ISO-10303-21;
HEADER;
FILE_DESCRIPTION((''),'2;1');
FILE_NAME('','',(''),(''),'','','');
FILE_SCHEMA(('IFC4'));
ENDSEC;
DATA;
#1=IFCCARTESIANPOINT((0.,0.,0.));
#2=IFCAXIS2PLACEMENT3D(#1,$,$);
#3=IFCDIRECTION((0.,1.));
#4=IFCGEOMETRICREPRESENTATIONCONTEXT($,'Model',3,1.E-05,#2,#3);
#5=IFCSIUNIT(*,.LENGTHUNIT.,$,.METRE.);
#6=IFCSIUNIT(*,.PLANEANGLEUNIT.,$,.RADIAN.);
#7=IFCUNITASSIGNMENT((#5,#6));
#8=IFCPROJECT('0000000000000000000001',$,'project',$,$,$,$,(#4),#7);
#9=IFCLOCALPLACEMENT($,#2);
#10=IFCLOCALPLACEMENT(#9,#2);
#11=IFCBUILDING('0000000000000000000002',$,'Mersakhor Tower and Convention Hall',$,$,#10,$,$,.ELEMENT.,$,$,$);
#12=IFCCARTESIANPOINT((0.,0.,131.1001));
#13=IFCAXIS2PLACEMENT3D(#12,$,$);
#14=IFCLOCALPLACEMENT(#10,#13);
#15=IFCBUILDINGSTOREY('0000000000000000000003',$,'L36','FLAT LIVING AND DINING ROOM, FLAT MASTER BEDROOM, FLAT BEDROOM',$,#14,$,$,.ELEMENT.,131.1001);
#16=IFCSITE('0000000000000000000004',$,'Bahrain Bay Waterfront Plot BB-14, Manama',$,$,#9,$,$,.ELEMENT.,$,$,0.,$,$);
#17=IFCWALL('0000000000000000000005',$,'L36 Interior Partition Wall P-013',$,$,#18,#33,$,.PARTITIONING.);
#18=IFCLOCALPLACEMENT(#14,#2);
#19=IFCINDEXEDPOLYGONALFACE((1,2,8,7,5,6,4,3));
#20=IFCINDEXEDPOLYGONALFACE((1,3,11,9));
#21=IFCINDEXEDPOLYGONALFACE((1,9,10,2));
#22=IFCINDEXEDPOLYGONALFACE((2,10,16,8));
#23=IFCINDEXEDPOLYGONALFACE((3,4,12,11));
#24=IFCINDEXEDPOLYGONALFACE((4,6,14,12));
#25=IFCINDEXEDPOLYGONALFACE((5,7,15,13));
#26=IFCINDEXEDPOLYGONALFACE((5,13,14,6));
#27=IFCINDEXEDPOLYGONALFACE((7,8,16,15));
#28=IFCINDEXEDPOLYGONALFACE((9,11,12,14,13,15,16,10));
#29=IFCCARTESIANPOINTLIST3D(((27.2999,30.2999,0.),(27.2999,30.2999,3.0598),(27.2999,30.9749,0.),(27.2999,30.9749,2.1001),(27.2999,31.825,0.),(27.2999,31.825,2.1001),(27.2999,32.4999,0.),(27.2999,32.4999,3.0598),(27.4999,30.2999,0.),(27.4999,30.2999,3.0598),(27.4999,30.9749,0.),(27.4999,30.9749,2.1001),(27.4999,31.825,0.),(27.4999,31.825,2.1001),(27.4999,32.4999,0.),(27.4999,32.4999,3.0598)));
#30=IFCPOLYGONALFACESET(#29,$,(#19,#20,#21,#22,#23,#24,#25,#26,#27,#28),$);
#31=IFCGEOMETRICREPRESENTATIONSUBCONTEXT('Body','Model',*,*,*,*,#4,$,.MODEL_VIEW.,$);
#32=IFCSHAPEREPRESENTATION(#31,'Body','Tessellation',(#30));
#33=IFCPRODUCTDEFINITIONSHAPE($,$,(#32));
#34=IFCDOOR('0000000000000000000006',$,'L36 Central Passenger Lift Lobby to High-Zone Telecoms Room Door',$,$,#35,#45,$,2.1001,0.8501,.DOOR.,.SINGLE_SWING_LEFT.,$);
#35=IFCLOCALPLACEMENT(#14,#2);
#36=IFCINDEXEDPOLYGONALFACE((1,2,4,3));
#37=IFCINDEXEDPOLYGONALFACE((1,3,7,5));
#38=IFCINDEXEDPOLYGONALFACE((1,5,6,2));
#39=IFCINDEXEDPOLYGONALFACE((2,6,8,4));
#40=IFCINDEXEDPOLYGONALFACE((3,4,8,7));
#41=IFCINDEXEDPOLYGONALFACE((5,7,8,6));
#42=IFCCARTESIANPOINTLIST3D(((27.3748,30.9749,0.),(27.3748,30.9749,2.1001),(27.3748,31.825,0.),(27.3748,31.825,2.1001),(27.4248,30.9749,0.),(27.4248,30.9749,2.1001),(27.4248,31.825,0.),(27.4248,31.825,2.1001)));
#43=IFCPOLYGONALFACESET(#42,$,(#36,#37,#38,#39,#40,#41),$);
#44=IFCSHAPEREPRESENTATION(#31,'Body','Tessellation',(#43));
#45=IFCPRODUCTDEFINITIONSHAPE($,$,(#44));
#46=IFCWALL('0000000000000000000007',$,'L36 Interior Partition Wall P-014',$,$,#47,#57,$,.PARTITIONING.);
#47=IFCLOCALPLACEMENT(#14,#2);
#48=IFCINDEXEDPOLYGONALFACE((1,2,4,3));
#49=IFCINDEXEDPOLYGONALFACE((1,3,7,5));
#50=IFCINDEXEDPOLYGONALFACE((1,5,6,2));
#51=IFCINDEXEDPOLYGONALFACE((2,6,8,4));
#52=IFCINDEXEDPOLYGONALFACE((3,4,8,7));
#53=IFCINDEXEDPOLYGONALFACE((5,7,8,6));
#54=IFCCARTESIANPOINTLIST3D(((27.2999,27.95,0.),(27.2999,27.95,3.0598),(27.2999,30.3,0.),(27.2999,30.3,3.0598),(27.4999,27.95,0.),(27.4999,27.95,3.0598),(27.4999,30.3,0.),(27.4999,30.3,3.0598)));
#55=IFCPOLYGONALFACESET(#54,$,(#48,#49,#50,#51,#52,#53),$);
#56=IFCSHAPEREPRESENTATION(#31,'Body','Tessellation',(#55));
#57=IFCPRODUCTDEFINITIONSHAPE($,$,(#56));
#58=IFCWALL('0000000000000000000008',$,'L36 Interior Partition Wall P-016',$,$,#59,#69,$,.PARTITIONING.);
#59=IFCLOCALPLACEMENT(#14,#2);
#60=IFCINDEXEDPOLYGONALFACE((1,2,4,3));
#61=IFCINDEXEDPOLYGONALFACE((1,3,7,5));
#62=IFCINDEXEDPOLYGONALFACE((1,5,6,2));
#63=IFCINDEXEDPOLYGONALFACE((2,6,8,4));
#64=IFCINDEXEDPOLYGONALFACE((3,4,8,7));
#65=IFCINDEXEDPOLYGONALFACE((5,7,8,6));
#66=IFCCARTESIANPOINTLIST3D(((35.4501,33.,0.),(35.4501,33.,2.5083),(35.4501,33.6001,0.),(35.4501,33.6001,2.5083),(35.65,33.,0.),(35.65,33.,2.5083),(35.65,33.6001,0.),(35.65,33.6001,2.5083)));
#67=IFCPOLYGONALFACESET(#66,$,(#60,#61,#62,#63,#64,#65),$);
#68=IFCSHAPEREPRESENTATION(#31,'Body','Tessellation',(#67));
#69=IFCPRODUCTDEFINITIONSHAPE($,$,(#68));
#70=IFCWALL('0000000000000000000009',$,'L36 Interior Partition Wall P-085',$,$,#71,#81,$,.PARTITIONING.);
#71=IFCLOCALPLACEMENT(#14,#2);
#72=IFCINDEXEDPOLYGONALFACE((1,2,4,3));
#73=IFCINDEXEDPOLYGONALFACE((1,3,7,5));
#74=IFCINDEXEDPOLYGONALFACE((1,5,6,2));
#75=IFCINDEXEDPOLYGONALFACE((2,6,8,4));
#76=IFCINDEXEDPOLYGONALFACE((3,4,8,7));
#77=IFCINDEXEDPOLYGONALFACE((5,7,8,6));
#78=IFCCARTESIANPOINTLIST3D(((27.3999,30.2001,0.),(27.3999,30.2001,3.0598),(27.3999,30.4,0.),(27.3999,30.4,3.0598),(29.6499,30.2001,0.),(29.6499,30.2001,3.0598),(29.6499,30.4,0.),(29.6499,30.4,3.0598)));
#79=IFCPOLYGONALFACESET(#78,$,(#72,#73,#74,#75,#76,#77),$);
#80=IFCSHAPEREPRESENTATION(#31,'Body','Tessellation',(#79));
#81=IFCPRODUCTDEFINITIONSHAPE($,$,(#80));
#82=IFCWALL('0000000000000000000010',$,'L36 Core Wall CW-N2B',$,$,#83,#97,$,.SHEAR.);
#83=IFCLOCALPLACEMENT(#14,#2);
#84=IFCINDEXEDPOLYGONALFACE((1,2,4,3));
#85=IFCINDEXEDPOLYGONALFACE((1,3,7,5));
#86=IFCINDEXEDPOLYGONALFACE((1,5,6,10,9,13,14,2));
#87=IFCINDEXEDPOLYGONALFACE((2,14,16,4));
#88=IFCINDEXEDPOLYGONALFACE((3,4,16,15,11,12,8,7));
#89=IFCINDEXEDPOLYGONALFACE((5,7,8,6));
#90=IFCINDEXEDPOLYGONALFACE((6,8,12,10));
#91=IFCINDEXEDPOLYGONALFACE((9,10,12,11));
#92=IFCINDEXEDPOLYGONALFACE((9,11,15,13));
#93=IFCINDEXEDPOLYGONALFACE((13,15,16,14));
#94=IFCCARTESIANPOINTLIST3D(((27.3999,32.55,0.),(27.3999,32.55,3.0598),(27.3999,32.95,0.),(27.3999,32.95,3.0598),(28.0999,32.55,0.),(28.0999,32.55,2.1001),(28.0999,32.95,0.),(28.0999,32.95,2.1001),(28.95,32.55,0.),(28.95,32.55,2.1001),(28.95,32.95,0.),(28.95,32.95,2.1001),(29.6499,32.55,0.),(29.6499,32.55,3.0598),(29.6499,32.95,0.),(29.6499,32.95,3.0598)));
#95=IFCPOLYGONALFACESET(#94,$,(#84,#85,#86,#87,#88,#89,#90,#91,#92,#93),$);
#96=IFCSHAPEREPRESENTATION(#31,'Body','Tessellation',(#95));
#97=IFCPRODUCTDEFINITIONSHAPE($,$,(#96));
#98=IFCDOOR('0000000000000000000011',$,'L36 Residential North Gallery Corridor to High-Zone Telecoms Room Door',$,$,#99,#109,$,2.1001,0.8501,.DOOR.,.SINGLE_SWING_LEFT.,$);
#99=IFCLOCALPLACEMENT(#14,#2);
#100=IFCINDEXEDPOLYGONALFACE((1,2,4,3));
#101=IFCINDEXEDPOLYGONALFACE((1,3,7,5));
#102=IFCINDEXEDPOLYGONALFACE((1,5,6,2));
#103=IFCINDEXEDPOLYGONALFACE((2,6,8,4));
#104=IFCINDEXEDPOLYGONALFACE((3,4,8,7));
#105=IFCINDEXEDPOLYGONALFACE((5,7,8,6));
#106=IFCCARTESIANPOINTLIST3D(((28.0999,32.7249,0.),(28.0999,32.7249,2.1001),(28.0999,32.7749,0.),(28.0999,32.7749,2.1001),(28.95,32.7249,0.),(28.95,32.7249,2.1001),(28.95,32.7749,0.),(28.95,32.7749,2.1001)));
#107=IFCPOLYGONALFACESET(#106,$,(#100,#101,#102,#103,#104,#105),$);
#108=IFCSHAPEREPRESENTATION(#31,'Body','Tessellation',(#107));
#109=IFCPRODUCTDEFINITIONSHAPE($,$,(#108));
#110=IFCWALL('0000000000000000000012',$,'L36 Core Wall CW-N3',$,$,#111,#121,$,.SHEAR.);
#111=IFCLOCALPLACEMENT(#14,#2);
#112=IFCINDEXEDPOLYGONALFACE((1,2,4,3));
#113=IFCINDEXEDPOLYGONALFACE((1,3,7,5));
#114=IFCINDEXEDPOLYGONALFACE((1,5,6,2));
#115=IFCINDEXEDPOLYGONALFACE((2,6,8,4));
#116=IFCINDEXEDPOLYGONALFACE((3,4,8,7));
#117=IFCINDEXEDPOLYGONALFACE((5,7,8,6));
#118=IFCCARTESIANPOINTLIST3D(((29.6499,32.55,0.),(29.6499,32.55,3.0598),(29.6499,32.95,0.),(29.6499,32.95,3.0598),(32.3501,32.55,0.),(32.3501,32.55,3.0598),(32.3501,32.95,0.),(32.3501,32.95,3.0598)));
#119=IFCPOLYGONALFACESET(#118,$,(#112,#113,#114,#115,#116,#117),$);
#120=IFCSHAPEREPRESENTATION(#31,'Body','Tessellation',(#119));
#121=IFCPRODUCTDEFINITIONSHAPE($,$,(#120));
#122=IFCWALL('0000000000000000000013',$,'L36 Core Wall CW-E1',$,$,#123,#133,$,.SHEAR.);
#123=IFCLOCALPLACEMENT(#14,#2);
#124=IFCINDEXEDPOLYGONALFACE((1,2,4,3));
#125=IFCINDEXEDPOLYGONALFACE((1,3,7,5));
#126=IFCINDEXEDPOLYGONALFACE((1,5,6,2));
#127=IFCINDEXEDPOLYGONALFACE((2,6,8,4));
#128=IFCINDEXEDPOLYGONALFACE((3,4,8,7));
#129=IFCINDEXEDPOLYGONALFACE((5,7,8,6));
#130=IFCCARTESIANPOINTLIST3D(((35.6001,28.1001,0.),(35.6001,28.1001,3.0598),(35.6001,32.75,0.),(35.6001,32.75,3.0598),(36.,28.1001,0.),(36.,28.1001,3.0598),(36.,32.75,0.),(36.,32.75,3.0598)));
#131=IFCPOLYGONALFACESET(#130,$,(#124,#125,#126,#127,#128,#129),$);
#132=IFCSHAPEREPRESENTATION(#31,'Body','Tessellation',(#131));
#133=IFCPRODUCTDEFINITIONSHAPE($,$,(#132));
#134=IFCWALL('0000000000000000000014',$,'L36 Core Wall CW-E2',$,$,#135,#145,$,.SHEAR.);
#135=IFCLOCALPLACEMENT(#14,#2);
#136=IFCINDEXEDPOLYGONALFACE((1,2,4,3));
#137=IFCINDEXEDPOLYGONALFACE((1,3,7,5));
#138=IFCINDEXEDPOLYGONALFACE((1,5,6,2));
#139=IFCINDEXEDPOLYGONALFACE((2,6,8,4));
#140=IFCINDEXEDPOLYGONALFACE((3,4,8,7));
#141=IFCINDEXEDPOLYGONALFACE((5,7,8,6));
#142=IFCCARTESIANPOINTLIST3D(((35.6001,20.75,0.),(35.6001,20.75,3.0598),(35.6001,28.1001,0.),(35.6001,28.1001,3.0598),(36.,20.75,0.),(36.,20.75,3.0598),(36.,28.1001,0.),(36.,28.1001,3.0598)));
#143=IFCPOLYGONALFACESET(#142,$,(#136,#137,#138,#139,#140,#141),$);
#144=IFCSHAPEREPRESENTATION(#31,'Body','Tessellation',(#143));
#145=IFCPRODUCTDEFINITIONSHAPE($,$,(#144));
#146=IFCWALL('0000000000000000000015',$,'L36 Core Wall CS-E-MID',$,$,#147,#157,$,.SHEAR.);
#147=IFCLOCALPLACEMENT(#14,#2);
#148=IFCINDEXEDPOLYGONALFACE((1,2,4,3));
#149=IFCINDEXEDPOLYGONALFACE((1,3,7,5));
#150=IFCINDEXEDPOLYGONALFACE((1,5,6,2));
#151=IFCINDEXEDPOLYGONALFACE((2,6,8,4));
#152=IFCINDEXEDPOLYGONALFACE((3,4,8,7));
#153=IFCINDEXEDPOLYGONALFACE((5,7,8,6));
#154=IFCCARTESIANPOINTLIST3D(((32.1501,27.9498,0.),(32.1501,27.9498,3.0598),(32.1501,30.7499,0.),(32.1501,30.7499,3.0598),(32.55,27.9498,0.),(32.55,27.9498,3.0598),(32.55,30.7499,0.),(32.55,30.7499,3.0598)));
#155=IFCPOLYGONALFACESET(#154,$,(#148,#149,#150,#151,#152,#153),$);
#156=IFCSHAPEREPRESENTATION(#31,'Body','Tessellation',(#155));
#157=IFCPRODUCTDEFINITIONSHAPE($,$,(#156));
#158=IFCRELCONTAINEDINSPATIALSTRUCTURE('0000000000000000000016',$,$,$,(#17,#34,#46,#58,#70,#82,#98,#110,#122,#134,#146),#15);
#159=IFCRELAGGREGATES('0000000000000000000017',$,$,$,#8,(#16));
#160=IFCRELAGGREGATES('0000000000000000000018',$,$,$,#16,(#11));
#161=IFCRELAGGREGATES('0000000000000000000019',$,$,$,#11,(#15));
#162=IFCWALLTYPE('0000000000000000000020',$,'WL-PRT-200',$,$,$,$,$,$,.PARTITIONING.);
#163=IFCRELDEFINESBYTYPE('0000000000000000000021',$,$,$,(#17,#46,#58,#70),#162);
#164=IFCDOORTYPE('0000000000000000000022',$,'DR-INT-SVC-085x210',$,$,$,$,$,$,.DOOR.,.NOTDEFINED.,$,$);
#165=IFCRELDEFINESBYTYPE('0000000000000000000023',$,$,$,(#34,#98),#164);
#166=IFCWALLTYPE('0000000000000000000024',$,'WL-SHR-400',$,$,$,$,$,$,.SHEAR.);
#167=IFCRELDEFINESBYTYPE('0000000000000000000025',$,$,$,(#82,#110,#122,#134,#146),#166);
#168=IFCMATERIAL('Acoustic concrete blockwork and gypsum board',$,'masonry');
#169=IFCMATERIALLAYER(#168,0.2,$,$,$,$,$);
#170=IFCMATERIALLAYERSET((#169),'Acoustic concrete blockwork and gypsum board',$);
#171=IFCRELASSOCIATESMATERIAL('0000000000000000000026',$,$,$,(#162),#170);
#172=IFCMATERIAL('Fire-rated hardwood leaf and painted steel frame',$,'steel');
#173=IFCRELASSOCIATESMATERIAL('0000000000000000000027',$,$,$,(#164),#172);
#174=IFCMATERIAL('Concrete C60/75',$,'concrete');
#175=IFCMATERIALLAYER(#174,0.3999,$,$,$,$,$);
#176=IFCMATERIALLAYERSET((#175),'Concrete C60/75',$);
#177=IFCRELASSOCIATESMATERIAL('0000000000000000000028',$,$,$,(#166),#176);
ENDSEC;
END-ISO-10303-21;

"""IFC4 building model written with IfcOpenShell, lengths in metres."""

from ifc_helpers import new_model, si_unit, direction, frame, frame_2d, origin, place, context, subcontext, project, spatial, rectangle, extrude, material, layer, layer_set, type_object, element, fill, save


model = new_model("IFC4")

# Units and contexts
model_context = context("Model", 3, precision=1e-05, world=origin(), true_north=direction((0.0, 1.0)))
body_context = subcontext(model_context, "Body", "Model", "MODEL_VIEW")
ifc_project = project(units=[si_unit("LENGTHUNIT", "METRE"), si_unit("PLANEANGLEUNIT", "RADIAN")], contexts=[model_context])

# Site, building, storey
site_placement = place(None, origin())
site = spatial("IfcSite", under=ifc_project, at=site_placement, Name="Bahrain Bay Waterfront Plot BB-14, Manama", CompositionType="ELEMENT", RefElevation=0.0)
building_placement = place(site_placement, origin())
building = spatial("IfcBuilding", under=site, at=building_placement, Name="Mersakhor Tower and Convention Hall", CompositionType="ELEMENT")
storey_placement = place(building_placement, frame((0.0, 0.0, 131.1001)))
storey = spatial("IfcBuildingStorey", under=building, at=storey_placement, Name="L36", Description="FLAT LIVING AND DINING ROOM, FLAT MASTER BEDROOM, FLAT BEDROOM", CompositionType="ELEMENT", Elevation=131.1001)

# Shared definitions
ifc_material_1 = material(Name="Acoustic concrete blockwork and gypsum board", Category="masonry")
ifc_layer_1 = layer(ifc_material_1, 0.2)
ifc_layer_set_1 = layer_set([ifc_layer_1], Name="Acoustic concrete blockwork and gypsum board")
wall_type_1 = type_object("IfcWallType", Name="WL-PRT-200", PredefinedType="PARTITIONING", material=ifc_layer_set_1)

# Wall, opening, door
wall_1_placement = place(storey_placement, frame((27.3999, 32.5, 0.0), z_axis=(0.0, 0.0, 1.0), x_axis=(0.0, -1.0, 0.0)))
wall_1 = element("IfcWall", 1, at=wall_1_placement, inside=storey, type_object=wall_type_1, Name="L36 Interior Partition Wall P-013", PredefinedType="PARTITIONING", context=body_context, shape_type="SweptSolid", body=[
    extrude(rectangle(XDim=2.2, YDim=0.2, at=frame_2d((1.1001, 0.0))), origin(), (0.0, 0.0, 1.0), 3.0598),
])
opening_1_placement = place(wall_1_placement, frame((0.675, 0.0, 0.0)))
opening_1 = element("IfcOpeningElement", 2, at=opening_1_placement, cuts=wall_1, PredefinedType="OPENING", context=body_context, shape_type="SweptSolid", body=[
    extrude(rectangle(XDim=0.8501, YDim=2.1001, at=frame_2d((0.425, 1.05))), frame((0.0, 0.1099, 0.0), z_axis=(0.0, -1.0, 0.0), x_axis=(1.0, 0.0, 0.0)), (0.0, 0.0, 1.0), 0.22),
])
ifc_material_2 = material(Name="Fire-rated hardwood leaf and painted steel frame", Category="steel")
door_type_1 = type_object("IfcDoorType", Name="DR-INT-SVC-085x210", OperationType="NOTDEFINED", PredefinedType="DOOR", material=ifc_material_2)
door_1_placement = place(opening_1_placement, origin())
door_1 = element("IfcDoor", 3, at=door_1_placement, inside=storey, type_object=door_type_1, Name="L36 Central Passenger Lift Lobby to High-Zone Telecoms Room Door", OperationType="SINGLE_SWING_LEFT", OverallHeight=2.1001, OverallWidth=0.8501, PredefinedType="DOOR", context=body_context, shape_type="SweptSolid", body=[
    extrude(rectangle(XDim=0.8501, YDim=2.1001, at=frame_2d((0.425, 1.05))), frame((0.0, 0.0249, 0.0), z_axis=(0.0, -1.0, 0.0), x_axis=(1.0, 0.0, 0.0)), (0.0, 0.0, 1.0), 0.05),
])
fill(opening_1, door_1)

# Walls
wall_2_placement = place(storey_placement, frame((27.3999, 30.3, 0.0), z_axis=(0.0, 0.0, 1.0), x_axis=(0.0, -1.0, 0.0)))
element("IfcWall", 4, at=wall_2_placement, inside=storey, type_object=wall_type_1, Name="L36 Interior Partition Wall P-014", PredefinedType="PARTITIONING", context=body_context, shape_type="SweptSolid", body=[
    extrude(rectangle(XDim=2.3501, YDim=0.2, at=frame_2d((1.175, 0.0))), origin(), (0.0, 0.0, 1.0), 3.0598),
])
wall_3_placement = place(storey_placement, frame((35.55, 33.6001, 0.0), z_axis=(0.0, 0.0, 1.0), x_axis=(0.0, -1.0, 0.0)))
element("IfcWall", 5, at=wall_3_placement, inside=storey, type_object=wall_type_1, Name="L36 Interior Partition Wall P-016", PredefinedType="PARTITIONING", context=body_context, shape_type="SweptSolid", body=[
    extrude(rectangle(XDim=0.6001, YDim=0.2, at=frame_2d((0.3, 0.0))), origin(), (0.0, 0.0, 1.0), 2.5083),
])
wall_4_placement = place(storey_placement, frame((27.3999, 30.3, 0.0), z_axis=(0.0, 0.0, 1.0), x_axis=(1.0, 0.0, 0.0)))
element("IfcWall", 6, at=wall_4_placement, inside=storey, type_object=wall_type_1, Name="L36 Interior Partition Wall P-085", PredefinedType="PARTITIONING", context=body_context, shape_type="SweptSolid", body=[
    extrude(rectangle(XDim=2.25, YDim=0.2, at=frame_2d((1.125, 0.0))), origin(), (0.0, 0.0, 1.0), 3.0598),
])

# Wall, opening, door
ifc_material_3 = material(Name="Concrete C60/75", Category="concrete")
ifc_layer_2 = layer(ifc_material_3, 0.3999)
ifc_layer_set_2 = layer_set([ifc_layer_2], Name="Concrete C60/75")
wall_type_2 = type_object("IfcWallType", Name="WL-SHR-400", PredefinedType="SHEAR", material=ifc_layer_set_2)
wall_5_placement = place(storey_placement, frame((27.3999, 32.75, 0.0), z_axis=(0.0, 0.0, 1.0), x_axis=(1.0, 0.0, 0.0)))
wall_5 = element("IfcWall", 7, at=wall_5_placement, inside=storey, type_object=wall_type_2, Name="L36 Core Wall CW-N2B", PredefinedType="SHEAR", context=body_context, shape_type="SweptSolid", body=[
    extrude(rectangle(XDim=2.25, YDim=0.3999, at=frame_2d((1.125, 0.0))), origin(), (0.0, 0.0, 1.0), 3.0598),
])
opening_2_placement = place(wall_5_placement, frame((0.7, 0.0, 0.0)))
opening_2 = element("IfcOpeningElement", 8, at=opening_2_placement, cuts=wall_5, PredefinedType="OPENING", context=body_context, shape_type="SweptSolid", body=[
    extrude(rectangle(XDim=0.8501, YDim=2.1001, at=frame_2d((0.425, 1.05))), frame((0.0, 0.21, 0.0), z_axis=(0.0, -1.0, 0.0), x_axis=(1.0, 0.0, 0.0)), (0.0, 0.0, 1.0), 0.4199),
])
door_2_placement = place(opening_2_placement, origin())
door_2 = element("IfcDoor", 9, at=door_2_placement, inside=storey, type_object=door_type_1, Name="L36 Residential North Gallery Corridor to High-Zone Telecoms Room Door", OperationType="SINGLE_SWING_LEFT", OverallHeight=2.1001, OverallWidth=0.8501, PredefinedType="DOOR", context=body_context, shape_type="SweptSolid", body=[
    extrude(rectangle(XDim=0.8501, YDim=2.1001, at=frame_2d((0.425, 1.05))), frame((0.0, 0.0249, 0.0), z_axis=(0.0, -1.0, 0.0), x_axis=(1.0, 0.0, 0.0)), (0.0, 0.0, 1.0), 0.05),
])
fill(opening_2, door_2)

# Wall
wall_6_placement = place(storey_placement, frame((29.6499, 32.75, 0.0), z_axis=(0.0, 0.0, 1.0), x_axis=(1.0, 0.0, 0.0)))
element("IfcWall", 10, at=wall_6_placement, inside=storey, type_object=wall_type_2, Name="L36 Core Wall CW-N3", PredefinedType="SHEAR", context=body_context, shape_type="SweptSolid", body=[
    extrude(rectangle(XDim=2.7002, YDim=0.3999, at=frame_2d((1.3501, 0.0))), origin(), (0.0, 0.0, 1.0), 3.0598),
])

# Walls
wall_7_placement = place(storey_placement, frame((35.8, 32.75, 0.0), z_axis=(0.0, 0.0, 1.0), x_axis=(0.0, -1.0, 0.0)))
element("IfcWall", 11, at=wall_7_placement, inside=storey, type_object=wall_type_2, Name="L36 Core Wall CW-E1", PredefinedType="SHEAR", context=body_context, shape_type="SweptSolid", body=[
    extrude(rectangle(XDim=4.6499, YDim=0.3999, at=frame_2d((2.325, 0.0))), origin(), (0.0, 0.0, 1.0), 3.0598),
])
wall_8_placement = place(storey_placement, frame((35.8, 28.1001, 0.0), z_axis=(0.0, 0.0, 1.0), x_axis=(0.0, -1.0, 0.0)))
element("IfcWall", 12, at=wall_8_placement, inside=storey, type_object=wall_type_2, Name="L36 Core Wall CW-E2", PredefinedType="SHEAR", context=body_context, shape_type="SweptSolid", body=[
    extrude(rectangle(XDim=7.3501, YDim=0.3999, at=frame_2d((3.675, 0.0))), origin(), (0.0, 0.0, 1.0), 3.0598),
])
wall_9_placement = place(storey_placement, frame((32.3501, 27.95, 0.0), z_axis=(0.0, 0.0, 1.0), x_axis=(0.0, 1.0, 0.0)))
element("IfcWall", 13, at=wall_9_placement, inside=storey, type_object=wall_type_2, Name="L36 Core Wall CS-E-MID", PredefinedType="SHEAR", context=body_context, shape_type="SweptSolid", body=[
    extrude(rectangle(XDim=2.8, YDim=0.3999, at=frame_2d((1.3999, 0.0))), origin(), (0.0, 0.0, 1.0), 3.0598),
])

save(model, "model.ifc")
